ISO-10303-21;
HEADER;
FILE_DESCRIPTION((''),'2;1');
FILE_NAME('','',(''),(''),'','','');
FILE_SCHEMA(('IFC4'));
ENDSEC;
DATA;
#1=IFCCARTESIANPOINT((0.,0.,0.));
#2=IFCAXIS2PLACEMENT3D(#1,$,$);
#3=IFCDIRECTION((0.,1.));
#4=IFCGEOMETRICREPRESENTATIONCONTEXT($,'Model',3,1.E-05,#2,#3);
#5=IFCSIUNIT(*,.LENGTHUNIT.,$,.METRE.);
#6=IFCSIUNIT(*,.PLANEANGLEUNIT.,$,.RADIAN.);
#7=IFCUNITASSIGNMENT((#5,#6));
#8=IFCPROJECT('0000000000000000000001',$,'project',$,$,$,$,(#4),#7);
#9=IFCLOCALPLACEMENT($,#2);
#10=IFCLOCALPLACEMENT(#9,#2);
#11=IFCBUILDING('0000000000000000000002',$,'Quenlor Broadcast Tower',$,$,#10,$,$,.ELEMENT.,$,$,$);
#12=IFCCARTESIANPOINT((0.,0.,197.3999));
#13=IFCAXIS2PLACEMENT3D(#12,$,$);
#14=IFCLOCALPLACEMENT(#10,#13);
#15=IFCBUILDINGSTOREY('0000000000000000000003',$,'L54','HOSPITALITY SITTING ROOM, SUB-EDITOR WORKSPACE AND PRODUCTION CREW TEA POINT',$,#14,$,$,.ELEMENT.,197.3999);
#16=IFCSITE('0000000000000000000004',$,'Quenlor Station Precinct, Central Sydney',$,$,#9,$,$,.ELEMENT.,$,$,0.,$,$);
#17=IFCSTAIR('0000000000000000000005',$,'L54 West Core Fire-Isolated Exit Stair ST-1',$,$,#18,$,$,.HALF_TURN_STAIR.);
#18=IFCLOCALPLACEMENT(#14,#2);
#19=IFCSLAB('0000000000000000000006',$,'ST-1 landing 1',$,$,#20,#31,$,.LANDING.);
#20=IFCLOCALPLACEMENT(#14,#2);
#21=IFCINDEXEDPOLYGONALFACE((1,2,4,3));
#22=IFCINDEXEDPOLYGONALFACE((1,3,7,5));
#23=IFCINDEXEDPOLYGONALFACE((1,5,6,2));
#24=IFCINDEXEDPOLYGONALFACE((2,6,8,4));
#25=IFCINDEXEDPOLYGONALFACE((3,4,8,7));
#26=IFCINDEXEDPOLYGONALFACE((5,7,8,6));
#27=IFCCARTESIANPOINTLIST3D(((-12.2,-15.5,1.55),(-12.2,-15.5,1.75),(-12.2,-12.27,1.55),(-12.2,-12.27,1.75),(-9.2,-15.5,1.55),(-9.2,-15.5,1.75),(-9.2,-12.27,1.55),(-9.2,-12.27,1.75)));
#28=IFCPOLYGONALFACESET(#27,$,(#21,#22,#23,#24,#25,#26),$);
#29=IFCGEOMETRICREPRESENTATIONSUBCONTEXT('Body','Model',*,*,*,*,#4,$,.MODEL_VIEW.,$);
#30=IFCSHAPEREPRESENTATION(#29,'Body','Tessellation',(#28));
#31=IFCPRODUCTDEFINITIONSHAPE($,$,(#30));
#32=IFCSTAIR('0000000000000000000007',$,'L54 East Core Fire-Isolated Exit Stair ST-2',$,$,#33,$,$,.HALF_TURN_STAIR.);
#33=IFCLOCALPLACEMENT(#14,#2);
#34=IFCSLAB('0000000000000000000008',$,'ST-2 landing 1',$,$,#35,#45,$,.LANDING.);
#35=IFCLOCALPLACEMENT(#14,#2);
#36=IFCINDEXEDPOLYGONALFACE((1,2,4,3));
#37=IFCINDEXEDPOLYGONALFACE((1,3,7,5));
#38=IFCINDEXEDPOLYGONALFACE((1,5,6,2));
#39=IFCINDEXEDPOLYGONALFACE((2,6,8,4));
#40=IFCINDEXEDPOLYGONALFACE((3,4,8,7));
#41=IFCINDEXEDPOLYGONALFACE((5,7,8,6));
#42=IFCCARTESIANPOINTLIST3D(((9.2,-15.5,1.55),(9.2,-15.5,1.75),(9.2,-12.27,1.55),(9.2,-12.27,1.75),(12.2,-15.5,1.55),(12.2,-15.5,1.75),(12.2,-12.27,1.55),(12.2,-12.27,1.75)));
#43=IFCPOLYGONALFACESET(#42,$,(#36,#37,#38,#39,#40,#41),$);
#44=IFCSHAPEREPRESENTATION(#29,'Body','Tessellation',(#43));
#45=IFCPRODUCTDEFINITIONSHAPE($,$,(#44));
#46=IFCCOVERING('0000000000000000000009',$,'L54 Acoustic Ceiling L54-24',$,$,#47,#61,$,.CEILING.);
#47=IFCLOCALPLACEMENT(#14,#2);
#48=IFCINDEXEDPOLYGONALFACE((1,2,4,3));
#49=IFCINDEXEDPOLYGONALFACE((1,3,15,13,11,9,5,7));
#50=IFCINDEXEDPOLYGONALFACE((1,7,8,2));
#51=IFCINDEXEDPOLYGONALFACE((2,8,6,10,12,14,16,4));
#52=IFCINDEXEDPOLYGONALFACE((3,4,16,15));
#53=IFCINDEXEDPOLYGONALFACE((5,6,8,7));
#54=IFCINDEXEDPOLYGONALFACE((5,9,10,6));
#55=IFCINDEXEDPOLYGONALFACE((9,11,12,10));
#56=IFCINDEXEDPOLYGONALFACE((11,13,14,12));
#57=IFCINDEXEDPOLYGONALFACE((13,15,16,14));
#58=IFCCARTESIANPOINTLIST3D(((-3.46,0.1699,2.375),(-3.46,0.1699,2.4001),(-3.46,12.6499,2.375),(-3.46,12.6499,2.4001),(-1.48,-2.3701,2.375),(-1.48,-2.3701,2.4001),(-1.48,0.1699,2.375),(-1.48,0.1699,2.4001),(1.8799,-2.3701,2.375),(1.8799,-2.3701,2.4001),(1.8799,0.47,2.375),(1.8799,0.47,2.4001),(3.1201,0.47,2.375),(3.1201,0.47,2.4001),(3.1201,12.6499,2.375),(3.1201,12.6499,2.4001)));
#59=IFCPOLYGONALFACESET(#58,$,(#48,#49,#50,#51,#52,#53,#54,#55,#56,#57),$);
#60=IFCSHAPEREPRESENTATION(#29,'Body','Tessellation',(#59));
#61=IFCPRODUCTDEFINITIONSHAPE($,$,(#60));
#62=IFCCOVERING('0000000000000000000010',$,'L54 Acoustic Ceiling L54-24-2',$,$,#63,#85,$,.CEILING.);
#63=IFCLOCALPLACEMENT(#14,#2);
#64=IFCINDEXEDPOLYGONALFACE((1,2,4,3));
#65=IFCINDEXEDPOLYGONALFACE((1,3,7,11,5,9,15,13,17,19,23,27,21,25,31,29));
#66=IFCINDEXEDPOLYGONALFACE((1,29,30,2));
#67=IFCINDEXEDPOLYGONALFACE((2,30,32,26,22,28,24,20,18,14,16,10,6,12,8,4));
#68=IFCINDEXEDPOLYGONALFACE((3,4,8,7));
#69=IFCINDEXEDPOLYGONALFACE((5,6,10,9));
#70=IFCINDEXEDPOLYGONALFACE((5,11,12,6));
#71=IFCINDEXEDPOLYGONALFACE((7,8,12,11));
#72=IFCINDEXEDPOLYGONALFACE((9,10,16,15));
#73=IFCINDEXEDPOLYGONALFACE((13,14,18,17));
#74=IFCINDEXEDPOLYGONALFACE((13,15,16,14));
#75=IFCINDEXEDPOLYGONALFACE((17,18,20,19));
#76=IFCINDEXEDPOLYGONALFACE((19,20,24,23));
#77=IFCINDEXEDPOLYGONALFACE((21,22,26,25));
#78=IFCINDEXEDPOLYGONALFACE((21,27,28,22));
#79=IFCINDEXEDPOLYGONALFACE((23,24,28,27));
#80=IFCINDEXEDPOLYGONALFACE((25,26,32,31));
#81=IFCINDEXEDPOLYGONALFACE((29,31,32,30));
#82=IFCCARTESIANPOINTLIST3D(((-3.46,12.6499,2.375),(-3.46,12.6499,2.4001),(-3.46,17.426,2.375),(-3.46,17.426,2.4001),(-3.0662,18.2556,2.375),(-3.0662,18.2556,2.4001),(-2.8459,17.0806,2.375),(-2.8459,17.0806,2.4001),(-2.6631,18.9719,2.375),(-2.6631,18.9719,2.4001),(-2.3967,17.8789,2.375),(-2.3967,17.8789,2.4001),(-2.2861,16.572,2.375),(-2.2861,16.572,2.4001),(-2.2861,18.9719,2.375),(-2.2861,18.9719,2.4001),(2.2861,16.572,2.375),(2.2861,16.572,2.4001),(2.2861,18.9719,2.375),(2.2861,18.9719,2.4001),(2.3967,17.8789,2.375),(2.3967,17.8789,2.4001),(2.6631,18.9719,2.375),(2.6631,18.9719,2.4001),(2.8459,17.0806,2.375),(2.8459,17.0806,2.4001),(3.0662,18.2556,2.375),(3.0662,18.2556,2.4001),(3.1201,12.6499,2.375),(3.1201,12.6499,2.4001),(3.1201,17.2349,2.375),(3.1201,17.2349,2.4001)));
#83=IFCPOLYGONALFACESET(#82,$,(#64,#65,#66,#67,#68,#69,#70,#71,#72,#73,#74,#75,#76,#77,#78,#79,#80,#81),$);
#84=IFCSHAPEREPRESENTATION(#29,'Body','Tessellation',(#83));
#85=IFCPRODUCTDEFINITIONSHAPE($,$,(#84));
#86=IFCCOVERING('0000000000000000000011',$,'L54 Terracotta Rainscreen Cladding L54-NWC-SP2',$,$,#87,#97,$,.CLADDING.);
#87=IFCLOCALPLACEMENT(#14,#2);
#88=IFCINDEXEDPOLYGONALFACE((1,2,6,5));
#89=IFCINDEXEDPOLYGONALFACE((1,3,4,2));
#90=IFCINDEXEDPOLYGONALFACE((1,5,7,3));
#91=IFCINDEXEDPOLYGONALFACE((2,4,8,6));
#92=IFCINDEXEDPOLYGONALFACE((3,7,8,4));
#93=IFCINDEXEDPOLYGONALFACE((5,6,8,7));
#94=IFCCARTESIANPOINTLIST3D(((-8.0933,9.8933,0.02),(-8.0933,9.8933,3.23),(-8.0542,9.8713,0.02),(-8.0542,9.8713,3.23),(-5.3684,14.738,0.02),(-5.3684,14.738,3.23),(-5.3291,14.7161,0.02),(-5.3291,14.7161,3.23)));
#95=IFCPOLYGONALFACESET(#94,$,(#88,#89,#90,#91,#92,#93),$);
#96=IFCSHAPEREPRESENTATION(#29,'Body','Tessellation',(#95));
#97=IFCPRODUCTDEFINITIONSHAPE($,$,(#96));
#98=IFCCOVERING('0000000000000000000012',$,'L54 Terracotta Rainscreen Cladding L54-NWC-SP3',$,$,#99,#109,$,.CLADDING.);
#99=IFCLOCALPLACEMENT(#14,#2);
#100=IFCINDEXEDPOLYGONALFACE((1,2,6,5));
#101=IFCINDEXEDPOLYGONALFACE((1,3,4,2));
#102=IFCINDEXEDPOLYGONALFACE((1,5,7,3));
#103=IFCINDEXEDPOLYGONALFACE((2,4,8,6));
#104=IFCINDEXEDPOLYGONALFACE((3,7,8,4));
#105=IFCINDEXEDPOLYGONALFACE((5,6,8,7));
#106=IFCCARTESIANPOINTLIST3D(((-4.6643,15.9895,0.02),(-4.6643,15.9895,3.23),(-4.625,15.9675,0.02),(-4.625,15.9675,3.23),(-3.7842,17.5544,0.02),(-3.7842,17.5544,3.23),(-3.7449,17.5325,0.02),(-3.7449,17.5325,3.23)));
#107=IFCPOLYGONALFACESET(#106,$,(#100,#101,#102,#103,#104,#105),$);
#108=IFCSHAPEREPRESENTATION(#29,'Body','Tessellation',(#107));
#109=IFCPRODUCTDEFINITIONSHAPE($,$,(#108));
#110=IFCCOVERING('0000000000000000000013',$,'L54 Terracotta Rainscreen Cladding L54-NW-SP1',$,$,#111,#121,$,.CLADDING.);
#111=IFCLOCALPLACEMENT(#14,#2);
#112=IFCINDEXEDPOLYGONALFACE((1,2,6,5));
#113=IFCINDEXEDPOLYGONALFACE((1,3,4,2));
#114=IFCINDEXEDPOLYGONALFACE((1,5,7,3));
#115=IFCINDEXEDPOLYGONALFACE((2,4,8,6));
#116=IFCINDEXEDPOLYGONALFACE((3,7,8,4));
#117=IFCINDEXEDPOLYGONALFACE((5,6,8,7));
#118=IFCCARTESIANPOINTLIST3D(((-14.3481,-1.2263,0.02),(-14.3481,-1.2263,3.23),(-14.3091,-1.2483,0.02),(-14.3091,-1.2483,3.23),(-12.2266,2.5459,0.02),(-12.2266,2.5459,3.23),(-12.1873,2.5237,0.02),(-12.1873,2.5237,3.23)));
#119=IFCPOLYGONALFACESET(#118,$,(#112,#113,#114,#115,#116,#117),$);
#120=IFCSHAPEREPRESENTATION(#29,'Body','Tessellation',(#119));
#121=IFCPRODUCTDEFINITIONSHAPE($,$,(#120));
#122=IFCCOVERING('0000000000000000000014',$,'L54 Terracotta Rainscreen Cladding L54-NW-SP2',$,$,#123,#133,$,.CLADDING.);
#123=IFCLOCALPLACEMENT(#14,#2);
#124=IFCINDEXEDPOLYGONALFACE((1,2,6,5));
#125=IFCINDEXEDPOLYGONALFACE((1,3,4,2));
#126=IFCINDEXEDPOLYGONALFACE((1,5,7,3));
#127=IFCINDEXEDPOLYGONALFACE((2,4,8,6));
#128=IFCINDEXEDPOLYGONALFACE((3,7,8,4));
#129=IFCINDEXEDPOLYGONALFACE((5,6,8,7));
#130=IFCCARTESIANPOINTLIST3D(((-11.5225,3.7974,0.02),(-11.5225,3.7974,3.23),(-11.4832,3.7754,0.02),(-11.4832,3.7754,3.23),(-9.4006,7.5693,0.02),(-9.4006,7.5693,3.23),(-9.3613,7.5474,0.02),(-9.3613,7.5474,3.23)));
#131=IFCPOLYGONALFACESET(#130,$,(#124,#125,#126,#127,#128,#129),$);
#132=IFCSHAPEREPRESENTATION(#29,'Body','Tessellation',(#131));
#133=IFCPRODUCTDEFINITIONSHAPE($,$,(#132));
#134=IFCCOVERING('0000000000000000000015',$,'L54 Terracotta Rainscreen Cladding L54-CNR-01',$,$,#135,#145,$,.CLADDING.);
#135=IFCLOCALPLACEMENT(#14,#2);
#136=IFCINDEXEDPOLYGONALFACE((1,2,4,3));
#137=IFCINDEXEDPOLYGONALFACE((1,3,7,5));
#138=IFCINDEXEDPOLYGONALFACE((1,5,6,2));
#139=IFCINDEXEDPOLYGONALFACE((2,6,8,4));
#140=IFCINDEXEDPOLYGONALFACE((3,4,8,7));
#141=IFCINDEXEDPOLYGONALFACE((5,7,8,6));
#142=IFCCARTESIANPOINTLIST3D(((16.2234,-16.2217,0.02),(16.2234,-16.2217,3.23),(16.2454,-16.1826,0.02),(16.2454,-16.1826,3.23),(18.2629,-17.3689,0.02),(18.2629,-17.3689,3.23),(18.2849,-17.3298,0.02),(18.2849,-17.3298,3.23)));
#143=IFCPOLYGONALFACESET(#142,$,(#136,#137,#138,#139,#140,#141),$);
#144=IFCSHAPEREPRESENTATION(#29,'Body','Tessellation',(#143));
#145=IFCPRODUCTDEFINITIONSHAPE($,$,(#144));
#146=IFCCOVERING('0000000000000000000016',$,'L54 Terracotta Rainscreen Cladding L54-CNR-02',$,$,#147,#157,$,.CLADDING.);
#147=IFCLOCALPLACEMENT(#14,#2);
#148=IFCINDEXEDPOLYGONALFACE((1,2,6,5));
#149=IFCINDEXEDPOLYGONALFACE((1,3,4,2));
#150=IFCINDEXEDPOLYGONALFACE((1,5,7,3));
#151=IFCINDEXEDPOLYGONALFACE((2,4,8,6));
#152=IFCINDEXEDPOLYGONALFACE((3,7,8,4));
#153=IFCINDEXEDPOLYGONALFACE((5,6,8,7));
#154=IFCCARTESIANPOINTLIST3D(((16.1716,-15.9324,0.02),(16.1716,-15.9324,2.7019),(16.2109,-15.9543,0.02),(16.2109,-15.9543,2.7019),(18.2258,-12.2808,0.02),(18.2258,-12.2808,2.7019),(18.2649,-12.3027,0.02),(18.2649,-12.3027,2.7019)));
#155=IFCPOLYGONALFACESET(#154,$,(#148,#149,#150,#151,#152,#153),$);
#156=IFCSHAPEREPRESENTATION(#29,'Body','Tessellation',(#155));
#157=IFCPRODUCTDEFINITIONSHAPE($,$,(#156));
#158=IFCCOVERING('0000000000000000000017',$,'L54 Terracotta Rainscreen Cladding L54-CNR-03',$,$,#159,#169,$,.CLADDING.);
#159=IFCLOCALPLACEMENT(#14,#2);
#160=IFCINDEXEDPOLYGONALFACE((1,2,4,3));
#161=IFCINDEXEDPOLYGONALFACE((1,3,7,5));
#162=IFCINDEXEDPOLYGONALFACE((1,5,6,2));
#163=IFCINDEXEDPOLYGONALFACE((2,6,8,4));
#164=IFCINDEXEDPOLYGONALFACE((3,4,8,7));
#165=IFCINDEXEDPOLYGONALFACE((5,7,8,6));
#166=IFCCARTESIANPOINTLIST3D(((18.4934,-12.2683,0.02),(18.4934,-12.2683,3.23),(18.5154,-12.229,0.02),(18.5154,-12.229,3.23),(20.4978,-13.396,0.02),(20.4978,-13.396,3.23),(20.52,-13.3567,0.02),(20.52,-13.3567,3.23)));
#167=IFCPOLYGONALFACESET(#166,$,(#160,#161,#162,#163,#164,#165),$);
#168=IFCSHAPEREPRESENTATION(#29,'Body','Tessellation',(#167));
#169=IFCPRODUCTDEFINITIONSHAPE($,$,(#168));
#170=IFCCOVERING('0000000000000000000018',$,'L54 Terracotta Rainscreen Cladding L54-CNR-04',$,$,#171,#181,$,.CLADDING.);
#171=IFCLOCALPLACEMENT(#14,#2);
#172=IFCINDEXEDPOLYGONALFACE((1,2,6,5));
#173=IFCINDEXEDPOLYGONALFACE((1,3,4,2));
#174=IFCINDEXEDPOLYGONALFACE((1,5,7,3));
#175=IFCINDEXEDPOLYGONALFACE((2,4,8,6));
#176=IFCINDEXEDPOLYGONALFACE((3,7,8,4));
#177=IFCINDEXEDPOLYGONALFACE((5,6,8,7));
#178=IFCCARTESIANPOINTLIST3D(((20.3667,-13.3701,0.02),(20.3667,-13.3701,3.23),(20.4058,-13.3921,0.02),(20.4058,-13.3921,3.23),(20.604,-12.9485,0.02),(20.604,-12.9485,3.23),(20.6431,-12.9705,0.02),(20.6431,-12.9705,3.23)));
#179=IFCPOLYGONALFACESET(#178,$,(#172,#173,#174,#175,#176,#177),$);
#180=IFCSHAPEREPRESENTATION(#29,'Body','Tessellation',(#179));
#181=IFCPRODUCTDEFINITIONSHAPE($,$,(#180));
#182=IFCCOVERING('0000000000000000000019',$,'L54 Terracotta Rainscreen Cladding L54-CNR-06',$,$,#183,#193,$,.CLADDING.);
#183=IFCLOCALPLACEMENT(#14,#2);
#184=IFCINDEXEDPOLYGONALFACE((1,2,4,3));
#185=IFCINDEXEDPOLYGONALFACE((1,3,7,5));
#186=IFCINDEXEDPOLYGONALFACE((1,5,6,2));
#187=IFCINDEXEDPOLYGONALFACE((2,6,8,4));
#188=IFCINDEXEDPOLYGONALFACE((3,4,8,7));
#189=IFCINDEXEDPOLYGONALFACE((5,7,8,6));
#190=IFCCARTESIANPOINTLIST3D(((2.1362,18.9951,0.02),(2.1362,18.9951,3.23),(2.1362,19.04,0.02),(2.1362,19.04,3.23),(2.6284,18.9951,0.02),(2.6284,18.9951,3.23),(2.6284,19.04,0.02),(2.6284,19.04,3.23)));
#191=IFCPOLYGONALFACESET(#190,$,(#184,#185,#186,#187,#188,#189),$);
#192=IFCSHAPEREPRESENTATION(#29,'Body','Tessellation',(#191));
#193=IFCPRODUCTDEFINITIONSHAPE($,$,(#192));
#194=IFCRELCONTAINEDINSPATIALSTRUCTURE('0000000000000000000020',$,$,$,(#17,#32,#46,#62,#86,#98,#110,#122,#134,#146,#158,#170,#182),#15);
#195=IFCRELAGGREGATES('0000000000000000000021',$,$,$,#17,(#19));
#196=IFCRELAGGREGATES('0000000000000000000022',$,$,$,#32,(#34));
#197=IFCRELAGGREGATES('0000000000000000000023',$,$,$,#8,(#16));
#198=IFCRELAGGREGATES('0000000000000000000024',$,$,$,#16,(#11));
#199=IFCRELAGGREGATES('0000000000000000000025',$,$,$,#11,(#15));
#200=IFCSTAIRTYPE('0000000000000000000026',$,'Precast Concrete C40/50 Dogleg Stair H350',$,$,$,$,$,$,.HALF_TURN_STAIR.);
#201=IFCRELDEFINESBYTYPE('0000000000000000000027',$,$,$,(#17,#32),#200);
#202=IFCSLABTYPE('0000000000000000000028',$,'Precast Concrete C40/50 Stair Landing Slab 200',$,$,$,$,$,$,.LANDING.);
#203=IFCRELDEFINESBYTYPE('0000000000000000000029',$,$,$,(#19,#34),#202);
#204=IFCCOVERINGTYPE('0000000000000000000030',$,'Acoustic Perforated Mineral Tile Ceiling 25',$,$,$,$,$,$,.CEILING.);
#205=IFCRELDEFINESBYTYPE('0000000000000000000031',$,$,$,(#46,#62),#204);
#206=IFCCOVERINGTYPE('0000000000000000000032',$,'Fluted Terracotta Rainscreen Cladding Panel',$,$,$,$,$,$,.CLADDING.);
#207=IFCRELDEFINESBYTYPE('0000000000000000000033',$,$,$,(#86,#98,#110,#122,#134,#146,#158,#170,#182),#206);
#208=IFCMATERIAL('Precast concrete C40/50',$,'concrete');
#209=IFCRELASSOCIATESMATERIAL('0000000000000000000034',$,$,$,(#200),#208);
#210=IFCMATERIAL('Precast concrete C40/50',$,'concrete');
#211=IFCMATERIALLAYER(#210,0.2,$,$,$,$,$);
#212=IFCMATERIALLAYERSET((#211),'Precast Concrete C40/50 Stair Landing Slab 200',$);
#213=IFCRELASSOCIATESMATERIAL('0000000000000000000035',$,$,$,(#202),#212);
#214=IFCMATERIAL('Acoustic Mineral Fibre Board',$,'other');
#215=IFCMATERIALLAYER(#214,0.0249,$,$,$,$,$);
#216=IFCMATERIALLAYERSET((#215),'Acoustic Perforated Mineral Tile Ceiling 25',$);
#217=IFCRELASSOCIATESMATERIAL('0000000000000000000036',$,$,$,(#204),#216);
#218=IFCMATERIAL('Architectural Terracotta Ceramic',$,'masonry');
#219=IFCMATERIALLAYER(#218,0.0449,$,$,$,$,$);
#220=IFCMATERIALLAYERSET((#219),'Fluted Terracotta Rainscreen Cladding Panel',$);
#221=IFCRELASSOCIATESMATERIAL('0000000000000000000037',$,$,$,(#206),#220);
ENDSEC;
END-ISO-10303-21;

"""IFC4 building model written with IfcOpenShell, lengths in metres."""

from ifc_helpers import new_model, si_unit, direction, frame, origin, place, context, subcontext, project, spatial, polyline, outline, extrude, material, layer, layer_set, type_object, element, aggregate, save


model = new_model("IFC4")

# Units and contexts
model_context = context("Model", 3, precision=1e-05, world=origin(), true_north=direction((0.0, 1.0)))
body_context = subcontext(model_context, "Body", "Model", "MODEL_VIEW")
ifc_project = project(units=[si_unit("LENGTHUNIT", "METRE"), si_unit("PLANEANGLEUNIT", "RADIAN")], contexts=[model_context])

# Site, building, storey
site_placement = place(None, origin())
site = spatial("IfcSite", under=ifc_project, at=site_placement, Name="Quenlor Station Precinct, Central Sydney", CompositionType="ELEMENT", RefElevation=0.0)
building_placement = place(site_placement, origin())
building = spatial("IfcBuilding", under=site, at=building_placement, Name="Quenlor Broadcast Tower", CompositionType="ELEMENT")
storey_placement = place(building_placement, frame((0.0, 0.0, 197.3999)))
storey = spatial("IfcBuildingStorey", under=building, at=storey_placement, Name="L54", Description="HOSPITALITY SITTING ROOM, SUB-EDITOR WORKSPACE AND PRODUCTION CREW TEA POINT", CompositionType="ELEMENT", Elevation=197.3999)

# Stairs, slabs
ifc_material_1 = material(Name="Precast concrete C40/50", Category="concrete")
stair_type = type_object("IfcStairType", Name="Precast Concrete C40/50 Dogleg Stair H350", PredefinedType="HALF_TURN_STAIR", material=ifc_material_1)
stair_1_placement = place(storey_placement, origin())
stair_1 = element("IfcStair", 1, at=stair_1_placement, inside=storey, type_object=stair_type, Name="L54 West Core Fire-Isolated Exit Stair ST-1", PredefinedType="HALF_TURN_STAIR")
ifc_material_2 = material(Name="Precast concrete C40/50", Category="concrete")
ifc_layer_1 = layer(ifc_material_2, 0.2)
ifc_layer_set_1 = layer_set([ifc_layer_1], Name="Precast Concrete C40/50 Stair Landing Slab 200")
slab_type = type_object("IfcSlabType", Name="Precast Concrete C40/50 Stair Landing Slab 200", PredefinedType="LANDING", material=ifc_layer_set_1)
slab_1_placement = place(storey_placement, frame((0.0, 0.0, 1.55)))
slab_1 = element("IfcSlab", 2, at=slab_1_placement, type_object=slab_type, Name="ST-1 landing 1", PredefinedType="LANDING", context=body_context, shape_type="SweptSolid", body=[
    extrude(outline(polyline([(-12.2, -12.27), (-12.2, -15.5), (-9.2, -15.5), (-9.2, -12.27), (-12.2, -12.27)])), origin(), (0.0, 0.0, 1.0), 0.2),
])
aggregate(stair_1, [slab_1])
stair_2_placement = place(storey_placement, origin())
stair_2 = element("IfcStair", 3, at=stair_2_placement, inside=storey, type_object=stair_type, Name="L54 East Core Fire-Isolated Exit Stair ST-2", PredefinedType="HALF_TURN_STAIR")
slab_2_placement = place(storey_placement, frame((0.0, 0.0, 1.55)))
slab_2 = element("IfcSlab", 4, at=slab_2_placement, type_object=slab_type, Name="ST-2 landing 1", PredefinedType="LANDING", context=body_context, shape_type="SweptSolid", body=[
    extrude(outline(polyline([(9.2, -12.27), (9.2, -15.5), (12.2, -15.5), (12.2, -12.27), (9.2, -12.27)])), origin(), (0.0, 0.0, 1.0), 0.2),
])
aggregate(stair_2, [slab_2])

# Coverings
ifc_material_3 = material(Name="Acoustic Mineral Fibre Board", Category="other")
ifc_layer_2 = layer(ifc_material_3, 0.0249)
ifc_layer_set_2 = layer_set([ifc_layer_2], Name="Acoustic Perforated Mineral Tile Ceiling 25")
covering_type_1 = type_object("IfcCoveringType", Name="Acoustic Perforated Mineral Tile Ceiling 25", PredefinedType="CEILING", material=ifc_layer_set_2)
covering_1_placement = place(storey_placement, frame((0.0, 0.0, 2.375)))
element("IfcCovering", 5, at=covering_1_placement, inside=storey, type_object=covering_type_1, Name="L54 Acoustic Ceiling L54-24", PredefinedType="CEILING", context=body_context, shape_type="SweptSolid", body=[
    extrude(outline(polyline([(3.1201, 0.47), (1.8799, 0.47), (1.8799, -2.3701), (-1.48, -2.3701), (-1.48, 0.1699), (-3.46, 0.1699), (-3.46, 12.6499), (3.1201, 12.6499), (3.1201, 0.47)])), origin(), (0.0, 0.0, 1.0), 0.0251),
])
covering_2_placement = place(storey_placement, frame((0.0, 0.0, 2.375)))
element("IfcCovering", 6, at=covering_2_placement, inside=storey, type_object=covering_type_1, Name="L54 Acoustic Ceiling L54-24-2", PredefinedType="CEILING", context=body_context, shape_type="SweptSolid", body=[
    extrude(outline(polyline([(2.2861, 16.572), (2.2861, 18.9719), (2.6631, 18.9719), (3.0662, 18.2556), (2.3967, 17.8789), (2.8459, 17.0806), (3.1201, 17.2349), (3.1201, 12.6499), (-3.46, 12.6499), (-3.46, 17.426), (-2.8459, 17.0806), (-2.3967, 17.8789), (-3.0662, 18.2556), (-2.6631, 18.9719), (-2.2861, 18.9719), (-2.2861, 16.572), (2.2861, 16.572)])), origin(), (0.0, 0.0, 1.0), 0.0251),
])
ifc_material_4 = material(Name="Architectural Terracotta Ceramic", Category="masonry")
ifc_layer_3 = layer(ifc_material_4, 0.0449)
ifc_layer_set_3 = layer_set([ifc_layer_3], Name="Fluted Terracotta Rainscreen Cladding Panel")
covering_type_2 = type_object("IfcCoveringType", Name="Fluted Terracotta Rainscreen Cladding Panel", PredefinedType="CLADDING", material=ifc_layer_set_3)
covering_3_placement = place(storey_placement, frame((0.0, 0.0, 0.02)))
element("IfcCovering", 7, at=covering_3_placement, inside=storey, type_object=covering_type_2, Name="L54 Terracotta Rainscreen Cladding L54-NWC-SP2", PredefinedType="CLADDING", context=body_context, shape_type="SweptSolid", body=[
    extrude(outline(polyline([(-8.0542, 9.8713), (-5.3291, 14.7161), (-5.3684, 14.738), (-8.0933, 9.8933), (-8.0542, 9.8713)])), origin(), (0.0, 0.0, 1.0), 3.21),
])
covering_4_placement = place(storey_placement, frame((0.0, 0.0, 0.02)))
element("IfcCovering", 8, at=covering_4_placement, inside=storey, type_object=covering_type_2, Name="L54 Terracotta Rainscreen Cladding L54-NWC-SP3", PredefinedType="CLADDING", context=body_context, shape_type="SweptSolid", body=[
    extrude(outline(polyline([(-4.625, 15.9675), (-3.7449, 17.5325), (-3.7842, 17.5544), (-4.6643, 15.9895), (-4.625, 15.9675)])), origin(), (0.0, 0.0, 1.0), 3.21),
])
covering_5_placement = place(storey_placement, frame((0.0, 0.0, 0.02)))
element("IfcCovering", 9, at=covering_5_placement, inside=storey, type_object=covering_type_2, Name="L54 Terracotta Rainscreen Cladding L54-NW-SP1", PredefinedType="CLADDING", context=body_context, shape_type="SweptSolid", body=[
    extrude(outline(polyline([(-14.3091, -1.2483), (-12.1873, 2.5237), (-12.2266, 2.5459), (-14.3481, -1.2263), (-14.3091, -1.2483)])), origin(), (0.0, 0.0, 1.0), 3.21),
])
covering_6_placement = place(storey_placement, frame((0.0, 0.0, 0.02)))
element("IfcCovering", 10, at=covering_6_placement, inside=storey, type_object=covering_type_2, Name="L54 Terracotta Rainscreen Cladding L54-NW-SP2", PredefinedType="CLADDING", context=body_context, shape_type="SweptSolid", body=[
    extrude(outline(polyline([(-11.4832, 3.7754), (-9.3613, 7.5474), (-9.4006, 7.5693), (-11.5225, 3.7974), (-11.4832, 3.7754)])), origin(), (0.0, 0.0, 1.0), 3.21),
])
covering_7_placement = place(storey_placement, frame((0.0, 0.0, 0.02)))
element("IfcCovering", 11, at=covering_7_placement, inside=storey, type_object=covering_type_2, Name="L54 Terracotta Rainscreen Cladding L54-CNR-01", PredefinedType="CLADDING", context=body_context, shape_type="SweptSolid", body=[
    extrude(outline(polyline([(18.2849, -17.3298), (16.2454, -16.1826), (16.2234, -16.2217), (18.2629, -17.3689), (18.2849, -17.3298)])), origin(), (0.0, 0.0, 1.0), 3.21),
])
covering_8_placement = place(storey_placement, frame((0.0, 0.0, 0.02)))
element("IfcCovering", 12, at=covering_8_placement, inside=storey, type_object=covering_type_2, Name="L54 Terracotta Rainscreen Cladding L54-CNR-02", PredefinedType="CLADDING", context=body_context, shape_type="SweptSolid", body=[
    extrude(outline(polyline([(16.2109, -15.9543), (18.2649, -12.3027), (18.2258, -12.2808), (16.1716, -15.9324), (16.2109, -15.9543)])), origin(), (0.0, 0.0, 1.0), 2.6819),
])
covering_9_placement = place(storey_placement, frame((0.0, 0.0, 0.02)))
element("IfcCovering", 13, at=covering_9_placement, inside=storey, type_object=covering_type_2, Name="L54 Terracotta Rainscreen Cladding L54-CNR-03", PredefinedType="CLADDING", context=body_context, shape_type="SweptSolid", body=[
    extrude(outline(polyline([(18.4934, -12.2683), (20.4978, -13.396), (20.52, -13.3567), (18.5154, -12.229), (18.4934, -12.2683)])), origin(), (0.0, 0.0, 1.0), 3.21),
])
covering_10_placement = place(storey_placement, frame((0.0, 0.0, 0.02)))
element("IfcCovering", 14, at=covering_10_placement, inside=storey, type_object=covering_type_2, Name="L54 Terracotta Rainscreen Cladding L54-CNR-04", PredefinedType="CLADDING", context=body_context, shape_type="SweptSolid", body=[
    extrude(outline(polyline([(20.4058, -13.3921), (20.6431, -12.9705), (20.604, -12.9485), (20.3667, -13.3701), (20.4058, -13.3921)])), origin(), (0.0, 0.0, 1.0), 3.21),
])
covering_11_placement = place(storey_placement, frame((0.0, 0.0, 0.02)))
element("IfcCovering", 15, at=covering_11_placement, inside=storey, type_object=covering_type_2, Name="L54 Terracotta Rainscreen Cladding L54-CNR-06", PredefinedType="CLADDING", context=body_context, shape_type="SweptSolid", body=[
    extrude(outline(polyline([(2.6284, 19.04), (2.1362, 19.04), (2.1362, 18.9951), (2.6284, 18.9951), (2.6284, 19.04)])), origin(), (0.0, 0.0, 1.0), 3.21),
])

save(model, "model.ifc")
